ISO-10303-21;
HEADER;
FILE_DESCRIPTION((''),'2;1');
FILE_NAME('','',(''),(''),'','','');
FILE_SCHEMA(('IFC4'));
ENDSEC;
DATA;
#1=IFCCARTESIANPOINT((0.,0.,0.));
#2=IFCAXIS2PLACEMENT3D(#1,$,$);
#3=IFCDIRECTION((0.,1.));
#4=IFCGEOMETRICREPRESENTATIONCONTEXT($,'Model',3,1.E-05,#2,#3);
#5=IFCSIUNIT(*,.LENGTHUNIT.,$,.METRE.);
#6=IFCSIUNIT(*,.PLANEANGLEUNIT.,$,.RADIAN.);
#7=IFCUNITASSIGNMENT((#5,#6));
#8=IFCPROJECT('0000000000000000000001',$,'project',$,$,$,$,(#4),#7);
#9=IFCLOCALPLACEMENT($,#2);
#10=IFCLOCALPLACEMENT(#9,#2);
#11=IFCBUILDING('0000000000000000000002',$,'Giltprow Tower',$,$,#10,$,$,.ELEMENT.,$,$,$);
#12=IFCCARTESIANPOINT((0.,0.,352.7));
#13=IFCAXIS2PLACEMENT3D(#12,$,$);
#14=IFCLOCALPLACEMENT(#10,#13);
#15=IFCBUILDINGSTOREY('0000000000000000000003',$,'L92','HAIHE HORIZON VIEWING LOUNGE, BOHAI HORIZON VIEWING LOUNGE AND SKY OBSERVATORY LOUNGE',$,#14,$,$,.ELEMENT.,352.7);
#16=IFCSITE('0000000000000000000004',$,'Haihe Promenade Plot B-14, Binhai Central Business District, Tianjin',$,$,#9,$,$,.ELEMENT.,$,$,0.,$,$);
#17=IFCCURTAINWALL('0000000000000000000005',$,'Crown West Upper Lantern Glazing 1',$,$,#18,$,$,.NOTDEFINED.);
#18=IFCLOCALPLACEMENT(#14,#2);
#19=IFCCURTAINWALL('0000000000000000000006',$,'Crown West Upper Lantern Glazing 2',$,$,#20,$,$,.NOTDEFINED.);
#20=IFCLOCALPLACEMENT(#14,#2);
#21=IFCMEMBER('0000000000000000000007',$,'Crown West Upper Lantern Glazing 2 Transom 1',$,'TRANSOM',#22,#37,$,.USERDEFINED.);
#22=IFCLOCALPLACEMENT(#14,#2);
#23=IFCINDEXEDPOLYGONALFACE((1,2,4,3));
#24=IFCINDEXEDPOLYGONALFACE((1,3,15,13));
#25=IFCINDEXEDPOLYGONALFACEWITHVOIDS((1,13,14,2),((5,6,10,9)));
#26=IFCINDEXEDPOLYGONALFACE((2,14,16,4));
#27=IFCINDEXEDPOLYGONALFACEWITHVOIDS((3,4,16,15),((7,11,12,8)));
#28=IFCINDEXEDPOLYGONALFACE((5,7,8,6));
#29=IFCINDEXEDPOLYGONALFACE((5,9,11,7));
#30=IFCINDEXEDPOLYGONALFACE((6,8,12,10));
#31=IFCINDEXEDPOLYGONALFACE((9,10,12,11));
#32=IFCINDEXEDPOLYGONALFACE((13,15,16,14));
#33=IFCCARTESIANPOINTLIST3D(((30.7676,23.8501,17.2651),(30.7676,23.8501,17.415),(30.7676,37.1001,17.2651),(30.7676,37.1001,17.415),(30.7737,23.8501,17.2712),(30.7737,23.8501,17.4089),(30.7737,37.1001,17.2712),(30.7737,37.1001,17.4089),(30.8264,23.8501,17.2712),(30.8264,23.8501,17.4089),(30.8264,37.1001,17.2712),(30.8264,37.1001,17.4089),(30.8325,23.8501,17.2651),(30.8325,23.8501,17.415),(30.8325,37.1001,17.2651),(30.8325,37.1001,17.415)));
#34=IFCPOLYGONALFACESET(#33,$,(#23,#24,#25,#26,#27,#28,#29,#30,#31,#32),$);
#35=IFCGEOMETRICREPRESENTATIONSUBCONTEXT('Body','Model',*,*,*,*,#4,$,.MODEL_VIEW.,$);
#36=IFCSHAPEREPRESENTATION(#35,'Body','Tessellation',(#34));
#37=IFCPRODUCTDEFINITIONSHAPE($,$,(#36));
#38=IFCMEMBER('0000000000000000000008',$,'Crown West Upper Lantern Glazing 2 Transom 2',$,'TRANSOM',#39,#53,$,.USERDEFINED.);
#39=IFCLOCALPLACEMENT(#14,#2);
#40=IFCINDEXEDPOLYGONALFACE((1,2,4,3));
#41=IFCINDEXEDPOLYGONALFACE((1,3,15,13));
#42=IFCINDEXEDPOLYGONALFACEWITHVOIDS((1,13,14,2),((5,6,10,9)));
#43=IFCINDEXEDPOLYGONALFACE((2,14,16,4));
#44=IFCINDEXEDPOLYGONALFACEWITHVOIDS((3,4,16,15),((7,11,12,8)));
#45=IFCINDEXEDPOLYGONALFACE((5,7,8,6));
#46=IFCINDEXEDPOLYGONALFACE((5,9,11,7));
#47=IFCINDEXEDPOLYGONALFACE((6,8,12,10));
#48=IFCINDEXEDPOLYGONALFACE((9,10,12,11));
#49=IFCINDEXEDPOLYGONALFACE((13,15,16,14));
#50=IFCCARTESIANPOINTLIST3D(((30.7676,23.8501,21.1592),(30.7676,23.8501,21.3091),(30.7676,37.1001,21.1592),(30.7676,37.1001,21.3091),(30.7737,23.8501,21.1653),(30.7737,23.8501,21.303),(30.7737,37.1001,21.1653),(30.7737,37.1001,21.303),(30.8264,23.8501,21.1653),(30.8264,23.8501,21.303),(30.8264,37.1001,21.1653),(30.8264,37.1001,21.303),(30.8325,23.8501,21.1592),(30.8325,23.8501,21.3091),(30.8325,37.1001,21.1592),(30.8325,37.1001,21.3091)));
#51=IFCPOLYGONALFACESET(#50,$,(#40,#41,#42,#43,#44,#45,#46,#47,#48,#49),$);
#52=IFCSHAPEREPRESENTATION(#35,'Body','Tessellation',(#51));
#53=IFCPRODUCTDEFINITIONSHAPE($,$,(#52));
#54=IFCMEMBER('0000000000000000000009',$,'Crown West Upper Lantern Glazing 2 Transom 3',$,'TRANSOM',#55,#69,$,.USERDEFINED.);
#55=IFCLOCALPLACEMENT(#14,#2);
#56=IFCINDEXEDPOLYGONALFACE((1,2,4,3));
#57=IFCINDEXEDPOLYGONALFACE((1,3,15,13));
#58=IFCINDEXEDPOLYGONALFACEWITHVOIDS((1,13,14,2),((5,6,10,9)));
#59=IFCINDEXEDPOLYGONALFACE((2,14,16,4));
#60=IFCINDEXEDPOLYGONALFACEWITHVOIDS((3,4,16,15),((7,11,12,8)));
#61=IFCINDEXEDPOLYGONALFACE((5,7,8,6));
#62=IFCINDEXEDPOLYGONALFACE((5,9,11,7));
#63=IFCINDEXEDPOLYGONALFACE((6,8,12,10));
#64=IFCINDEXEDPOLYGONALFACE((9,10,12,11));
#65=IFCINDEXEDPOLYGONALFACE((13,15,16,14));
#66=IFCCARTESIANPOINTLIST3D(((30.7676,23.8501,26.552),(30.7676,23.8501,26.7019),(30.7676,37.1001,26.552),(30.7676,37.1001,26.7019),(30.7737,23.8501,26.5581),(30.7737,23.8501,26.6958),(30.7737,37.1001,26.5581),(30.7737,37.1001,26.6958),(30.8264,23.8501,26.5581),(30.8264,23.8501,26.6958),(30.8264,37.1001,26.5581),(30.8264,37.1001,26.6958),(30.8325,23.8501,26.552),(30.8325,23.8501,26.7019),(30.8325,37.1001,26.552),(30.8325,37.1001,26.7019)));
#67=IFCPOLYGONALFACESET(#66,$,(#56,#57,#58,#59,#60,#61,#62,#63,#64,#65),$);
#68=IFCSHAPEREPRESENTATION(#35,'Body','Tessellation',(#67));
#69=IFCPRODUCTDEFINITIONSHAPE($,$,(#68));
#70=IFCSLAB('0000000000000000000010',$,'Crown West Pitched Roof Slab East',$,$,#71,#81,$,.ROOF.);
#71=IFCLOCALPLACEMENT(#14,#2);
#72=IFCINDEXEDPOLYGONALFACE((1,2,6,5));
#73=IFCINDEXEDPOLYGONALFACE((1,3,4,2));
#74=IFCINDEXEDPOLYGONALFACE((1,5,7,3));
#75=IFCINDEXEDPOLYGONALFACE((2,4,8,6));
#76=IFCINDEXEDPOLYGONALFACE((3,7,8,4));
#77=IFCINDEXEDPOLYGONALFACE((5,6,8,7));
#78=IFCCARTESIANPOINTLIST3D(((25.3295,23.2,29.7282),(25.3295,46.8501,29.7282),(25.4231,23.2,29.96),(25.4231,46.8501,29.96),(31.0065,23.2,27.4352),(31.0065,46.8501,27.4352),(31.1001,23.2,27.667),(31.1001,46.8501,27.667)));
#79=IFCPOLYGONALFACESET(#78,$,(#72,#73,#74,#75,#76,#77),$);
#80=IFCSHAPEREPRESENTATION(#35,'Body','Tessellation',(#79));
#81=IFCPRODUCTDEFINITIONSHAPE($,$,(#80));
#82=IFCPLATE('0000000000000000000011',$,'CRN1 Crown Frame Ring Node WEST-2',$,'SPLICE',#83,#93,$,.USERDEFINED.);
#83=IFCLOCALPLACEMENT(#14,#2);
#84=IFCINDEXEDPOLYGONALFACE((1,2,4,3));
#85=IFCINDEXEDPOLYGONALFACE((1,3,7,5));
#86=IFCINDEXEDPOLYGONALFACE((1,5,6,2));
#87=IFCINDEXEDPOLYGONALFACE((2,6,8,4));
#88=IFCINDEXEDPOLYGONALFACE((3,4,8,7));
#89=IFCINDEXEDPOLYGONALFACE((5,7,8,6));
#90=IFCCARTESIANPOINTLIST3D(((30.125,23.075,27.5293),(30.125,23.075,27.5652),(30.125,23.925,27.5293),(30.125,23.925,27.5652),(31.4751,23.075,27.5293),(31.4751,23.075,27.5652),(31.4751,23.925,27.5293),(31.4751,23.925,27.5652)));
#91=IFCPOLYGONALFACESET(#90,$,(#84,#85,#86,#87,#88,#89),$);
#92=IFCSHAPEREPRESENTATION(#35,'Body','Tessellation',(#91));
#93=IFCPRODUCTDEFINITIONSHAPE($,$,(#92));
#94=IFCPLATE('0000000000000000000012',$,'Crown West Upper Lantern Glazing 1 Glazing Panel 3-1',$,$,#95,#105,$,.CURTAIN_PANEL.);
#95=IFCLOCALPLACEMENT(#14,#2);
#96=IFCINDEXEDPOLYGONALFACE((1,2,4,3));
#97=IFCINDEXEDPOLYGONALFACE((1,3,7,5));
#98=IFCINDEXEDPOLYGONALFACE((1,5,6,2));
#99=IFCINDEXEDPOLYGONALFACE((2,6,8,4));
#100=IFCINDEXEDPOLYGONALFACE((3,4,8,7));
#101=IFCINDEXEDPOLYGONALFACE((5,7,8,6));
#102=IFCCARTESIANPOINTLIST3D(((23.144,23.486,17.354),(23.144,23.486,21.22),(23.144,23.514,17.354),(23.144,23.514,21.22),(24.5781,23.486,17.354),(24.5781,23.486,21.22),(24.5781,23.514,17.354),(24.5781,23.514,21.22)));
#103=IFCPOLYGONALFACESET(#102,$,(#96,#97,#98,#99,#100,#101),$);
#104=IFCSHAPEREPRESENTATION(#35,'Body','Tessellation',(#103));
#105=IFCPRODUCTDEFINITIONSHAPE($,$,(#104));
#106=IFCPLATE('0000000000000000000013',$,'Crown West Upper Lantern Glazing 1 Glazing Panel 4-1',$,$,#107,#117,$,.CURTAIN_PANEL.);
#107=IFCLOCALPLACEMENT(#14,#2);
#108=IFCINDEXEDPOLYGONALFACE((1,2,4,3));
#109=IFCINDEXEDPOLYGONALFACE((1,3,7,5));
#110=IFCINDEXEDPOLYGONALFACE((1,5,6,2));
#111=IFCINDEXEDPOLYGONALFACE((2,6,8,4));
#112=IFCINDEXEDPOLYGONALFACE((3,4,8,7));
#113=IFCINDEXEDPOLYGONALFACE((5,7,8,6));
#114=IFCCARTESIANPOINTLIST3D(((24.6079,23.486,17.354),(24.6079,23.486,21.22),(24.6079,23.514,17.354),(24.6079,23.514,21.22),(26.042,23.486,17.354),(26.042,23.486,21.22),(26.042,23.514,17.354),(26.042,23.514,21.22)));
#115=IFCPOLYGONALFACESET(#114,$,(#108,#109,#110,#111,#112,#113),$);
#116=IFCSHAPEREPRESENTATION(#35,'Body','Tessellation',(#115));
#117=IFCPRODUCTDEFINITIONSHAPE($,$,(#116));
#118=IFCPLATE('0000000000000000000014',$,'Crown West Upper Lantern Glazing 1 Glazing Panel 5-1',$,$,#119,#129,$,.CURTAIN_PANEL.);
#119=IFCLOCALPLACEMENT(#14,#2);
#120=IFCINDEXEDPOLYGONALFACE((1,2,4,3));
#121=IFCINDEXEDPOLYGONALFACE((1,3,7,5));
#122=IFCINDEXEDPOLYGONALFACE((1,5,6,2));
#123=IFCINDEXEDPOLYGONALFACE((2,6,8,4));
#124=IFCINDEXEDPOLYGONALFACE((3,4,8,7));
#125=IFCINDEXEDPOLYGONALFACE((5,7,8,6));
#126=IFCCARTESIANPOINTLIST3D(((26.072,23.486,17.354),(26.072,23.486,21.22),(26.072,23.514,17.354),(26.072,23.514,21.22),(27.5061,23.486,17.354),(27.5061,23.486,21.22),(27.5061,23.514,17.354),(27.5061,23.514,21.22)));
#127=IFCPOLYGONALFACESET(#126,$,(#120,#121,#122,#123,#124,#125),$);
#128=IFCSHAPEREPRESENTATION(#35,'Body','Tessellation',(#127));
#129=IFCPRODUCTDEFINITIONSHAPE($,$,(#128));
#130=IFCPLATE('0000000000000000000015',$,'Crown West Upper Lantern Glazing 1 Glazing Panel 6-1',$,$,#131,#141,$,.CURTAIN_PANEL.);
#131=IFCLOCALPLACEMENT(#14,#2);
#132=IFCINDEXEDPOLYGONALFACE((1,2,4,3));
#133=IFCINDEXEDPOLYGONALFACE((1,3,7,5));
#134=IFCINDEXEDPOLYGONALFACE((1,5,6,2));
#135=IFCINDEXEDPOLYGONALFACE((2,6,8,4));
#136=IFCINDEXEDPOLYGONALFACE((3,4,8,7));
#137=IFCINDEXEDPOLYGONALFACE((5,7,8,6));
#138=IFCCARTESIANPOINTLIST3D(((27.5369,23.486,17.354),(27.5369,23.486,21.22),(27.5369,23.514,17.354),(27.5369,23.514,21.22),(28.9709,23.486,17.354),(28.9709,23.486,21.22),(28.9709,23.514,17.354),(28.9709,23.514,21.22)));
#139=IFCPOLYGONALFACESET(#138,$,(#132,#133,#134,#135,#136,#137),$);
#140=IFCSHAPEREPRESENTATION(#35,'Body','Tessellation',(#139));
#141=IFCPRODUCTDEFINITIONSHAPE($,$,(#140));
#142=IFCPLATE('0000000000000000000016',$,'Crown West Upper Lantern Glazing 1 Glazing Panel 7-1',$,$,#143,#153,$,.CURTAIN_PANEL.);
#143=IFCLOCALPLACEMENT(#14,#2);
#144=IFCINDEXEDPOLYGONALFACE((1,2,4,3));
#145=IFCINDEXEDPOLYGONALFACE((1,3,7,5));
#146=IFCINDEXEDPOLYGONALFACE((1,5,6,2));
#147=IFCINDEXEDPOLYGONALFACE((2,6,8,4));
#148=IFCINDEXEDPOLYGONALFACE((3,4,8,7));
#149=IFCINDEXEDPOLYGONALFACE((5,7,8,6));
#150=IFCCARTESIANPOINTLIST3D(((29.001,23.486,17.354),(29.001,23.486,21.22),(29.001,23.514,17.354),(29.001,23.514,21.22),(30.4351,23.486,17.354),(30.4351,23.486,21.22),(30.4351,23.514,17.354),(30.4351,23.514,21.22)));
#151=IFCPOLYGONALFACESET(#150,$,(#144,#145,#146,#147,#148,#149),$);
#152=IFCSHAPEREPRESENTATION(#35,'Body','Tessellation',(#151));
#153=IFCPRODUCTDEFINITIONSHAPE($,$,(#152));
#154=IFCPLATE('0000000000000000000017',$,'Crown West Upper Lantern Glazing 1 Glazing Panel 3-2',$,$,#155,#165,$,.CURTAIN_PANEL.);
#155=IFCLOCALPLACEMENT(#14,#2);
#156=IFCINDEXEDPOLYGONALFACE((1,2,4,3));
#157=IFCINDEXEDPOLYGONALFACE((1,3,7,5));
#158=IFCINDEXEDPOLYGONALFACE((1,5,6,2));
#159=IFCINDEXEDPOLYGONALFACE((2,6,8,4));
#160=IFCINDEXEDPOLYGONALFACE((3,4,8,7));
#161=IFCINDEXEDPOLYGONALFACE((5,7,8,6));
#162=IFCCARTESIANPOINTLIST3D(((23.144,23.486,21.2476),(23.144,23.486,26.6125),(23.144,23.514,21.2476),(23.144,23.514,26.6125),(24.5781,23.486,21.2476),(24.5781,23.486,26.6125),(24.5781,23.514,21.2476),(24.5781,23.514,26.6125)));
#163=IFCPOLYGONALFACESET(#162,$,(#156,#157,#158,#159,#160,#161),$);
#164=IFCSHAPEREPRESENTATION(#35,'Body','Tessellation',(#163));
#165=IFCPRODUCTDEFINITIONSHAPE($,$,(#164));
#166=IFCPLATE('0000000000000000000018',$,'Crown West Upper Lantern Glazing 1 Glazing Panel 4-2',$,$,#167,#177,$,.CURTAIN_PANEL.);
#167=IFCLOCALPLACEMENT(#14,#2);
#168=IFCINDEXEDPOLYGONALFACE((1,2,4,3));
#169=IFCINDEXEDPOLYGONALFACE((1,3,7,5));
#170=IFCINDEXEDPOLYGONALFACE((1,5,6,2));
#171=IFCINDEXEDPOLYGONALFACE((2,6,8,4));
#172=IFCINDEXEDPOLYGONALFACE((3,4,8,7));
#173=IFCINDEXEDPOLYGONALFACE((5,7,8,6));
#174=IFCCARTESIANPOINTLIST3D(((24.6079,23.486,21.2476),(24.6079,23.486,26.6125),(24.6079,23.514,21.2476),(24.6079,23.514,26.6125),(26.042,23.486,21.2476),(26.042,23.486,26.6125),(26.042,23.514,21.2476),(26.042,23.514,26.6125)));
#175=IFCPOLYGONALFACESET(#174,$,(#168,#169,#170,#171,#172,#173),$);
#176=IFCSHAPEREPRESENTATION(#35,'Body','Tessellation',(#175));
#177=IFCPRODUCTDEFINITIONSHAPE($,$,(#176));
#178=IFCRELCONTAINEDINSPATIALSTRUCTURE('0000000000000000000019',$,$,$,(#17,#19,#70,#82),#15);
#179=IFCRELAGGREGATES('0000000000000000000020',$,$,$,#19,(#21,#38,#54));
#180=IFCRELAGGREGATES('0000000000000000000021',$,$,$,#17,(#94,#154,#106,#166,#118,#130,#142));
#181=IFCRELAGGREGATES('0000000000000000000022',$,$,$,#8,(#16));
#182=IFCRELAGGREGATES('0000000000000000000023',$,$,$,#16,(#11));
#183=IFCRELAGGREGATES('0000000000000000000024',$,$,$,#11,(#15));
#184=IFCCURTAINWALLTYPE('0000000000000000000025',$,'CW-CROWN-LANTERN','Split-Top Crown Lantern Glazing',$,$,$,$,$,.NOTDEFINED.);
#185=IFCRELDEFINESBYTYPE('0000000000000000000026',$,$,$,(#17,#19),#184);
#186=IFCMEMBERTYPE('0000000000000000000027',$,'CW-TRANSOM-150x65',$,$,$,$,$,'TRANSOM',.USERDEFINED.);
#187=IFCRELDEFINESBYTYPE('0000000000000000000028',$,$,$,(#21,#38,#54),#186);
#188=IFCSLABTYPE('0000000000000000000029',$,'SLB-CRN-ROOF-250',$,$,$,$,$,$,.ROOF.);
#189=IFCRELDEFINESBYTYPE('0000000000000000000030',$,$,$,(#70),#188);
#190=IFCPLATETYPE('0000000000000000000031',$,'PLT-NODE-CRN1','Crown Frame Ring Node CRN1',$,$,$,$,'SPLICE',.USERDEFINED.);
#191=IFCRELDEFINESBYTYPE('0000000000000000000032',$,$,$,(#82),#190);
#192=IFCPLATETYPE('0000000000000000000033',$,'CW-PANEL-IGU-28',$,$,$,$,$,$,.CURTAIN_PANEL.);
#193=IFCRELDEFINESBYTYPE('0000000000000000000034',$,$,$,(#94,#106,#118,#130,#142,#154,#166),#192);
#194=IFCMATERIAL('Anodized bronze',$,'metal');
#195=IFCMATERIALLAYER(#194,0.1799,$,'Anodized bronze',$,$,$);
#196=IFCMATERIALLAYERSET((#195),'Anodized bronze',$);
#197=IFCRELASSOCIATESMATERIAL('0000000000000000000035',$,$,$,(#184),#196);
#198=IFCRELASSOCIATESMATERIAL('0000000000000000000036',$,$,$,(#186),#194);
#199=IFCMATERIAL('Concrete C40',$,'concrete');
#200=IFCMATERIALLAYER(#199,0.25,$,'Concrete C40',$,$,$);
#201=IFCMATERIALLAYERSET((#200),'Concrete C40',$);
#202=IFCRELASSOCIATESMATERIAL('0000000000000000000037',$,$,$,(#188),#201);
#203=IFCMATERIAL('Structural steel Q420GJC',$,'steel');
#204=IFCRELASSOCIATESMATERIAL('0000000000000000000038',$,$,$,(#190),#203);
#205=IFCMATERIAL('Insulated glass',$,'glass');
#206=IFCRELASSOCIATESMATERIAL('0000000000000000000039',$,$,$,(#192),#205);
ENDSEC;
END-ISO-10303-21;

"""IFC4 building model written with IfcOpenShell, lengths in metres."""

from ifc_helpers import new_model, si_unit, direction, frame, origin, origin_2d, place, context, subcontext, project, spatial, polyline, rectangle, hollow_rectangle, outline, extrude, source, transform, mapped, material, layer, layer_set, material_profile, profile_set, type_object, element, aggregate, save


model = new_model("IFC4")

# Units and contexts
model_context = context("Model", 3, precision=1e-05, world=origin(), true_north=direction((0.0, 1.0)))
body_context = subcontext(model_context, "Body", "Model", "MODEL_VIEW")
ifc_project = project(units=[si_unit("LENGTHUNIT", "METRE"), si_unit("PLANEANGLEUNIT", "RADIAN")], contexts=[model_context])

# Site, building, storey
site_placement = place(None, origin())
site = spatial("IfcSite", under=ifc_project, at=site_placement, Name="Haihe Promenade Plot B-14, Binhai Central Business District, Tianjin", CompositionType="ELEMENT", RefElevation=0.0)
building_placement = place(site_placement, origin())
building = spatial("IfcBuilding", under=site, at=building_placement, Name="Giltprow Tower", CompositionType="ELEMENT")
storey_placement = place(building_placement, frame((0.0, 0.0, 352.7)))
storey = spatial("IfcBuildingStorey", under=building, at=storey_placement, Name="L92", Description="HAIHE HORIZON VIEWING LOUNGE, BOHAI HORIZON VIEWING LOUNGE AND SKY OBSERVATORY LOUNGE", CompositionType="ELEMENT", Elevation=352.7)

# Curtain wall
ifc_material_1 = material(Name="Anodized bronze", Category="metal")
ifc_layer_1 = layer(ifc_material_1, 0.1799, Name="Anodized bronze")
ifc_layer_set_1 = layer_set([ifc_layer_1], Name="Anodized bronze")
curtain_wall_type = type_object("IfcCurtainWallType", Name="CW-CROWN-LANTERN", Description="Split-Top Crown Lantern Glazing", PredefinedType="NOTDEFINED", material=ifc_layer_set_1)
curtain_wall_1_placement = place(storey_placement, origin())
curtain_wall_1 = element("IfcCurtainWall", 1, at=curtain_wall_1_placement, inside=storey, type_object=curtain_wall_type, Name="Crown West Upper Lantern Glazing 1", PredefinedType="NOTDEFINED")

# Curtain wall
curtain_wall_2_placement = place(storey_placement, origin())
curtain_wall_2 = element("IfcCurtainWall", 2, at=curtain_wall_2_placement, inside=storey, type_object=curtain_wall_type, Name="Crown West Upper Lantern Glazing 2", PredefinedType="NOTDEFINED")
ifc_material_profile_1 = material_profile(ifc_material_1, hollow_rectangle(XDim=0.0649, YDim=0.1499, WallThickness=0.0061, at=origin_2d()), Name="RHS 150x65x6")
ifc_profile_set_1 = profile_set([ifc_material_profile_1], Name="Anodized bronze")
member_type_1 = type_object("IfcMemberType", Name="CW-TRANSOM-150x65", ElementType="TRANSOM", PredefinedType="USERDEFINED", material=ifc_profile_set_1)
shared_shape_1 = source(origin(), body_context, "Body", "SweptSolid", [
    extrude(hollow_rectangle(XDim=0.0649, YDim=0.1499, WallThickness=0.0061, at=origin_2d()), origin(), (0.0, 0.0, 1.0), 13.25),
])

# Members
member_1_placement = place(storey_placement, frame((30.8, 23.8501, 17.3401), z_axis=(0.0, 1.0, 0.0), x_axis=(-1.0, 0.0, 0.0)))
member_1 = element("IfcMember", 3, at=member_1_placement, type_object=member_type_1, Name="Crown West Upper Lantern Glazing 2 Transom 1", ObjectType="TRANSOM", PredefinedType="USERDEFINED", context=body_context, shape_type="MappedRepresentation", body=[
    mapped(shared_shape_1, transform((0.0, 0.0, 0.0), x_axis=(1.0, 0.0, 0.0), y_axis=(0.0, 1.0, 0.0), z_axis=(0.0, 0.0, 1.0), scale=1.0)),
])
member_2_placement = place(storey_placement, frame((30.8, 23.8501, 21.2341), z_axis=(0.0, 1.0, 0.0), x_axis=(-1.0, 0.0, 0.0)))
member_2 = element("IfcMember", 4, at=member_2_placement, type_object=member_type_1, Name="Crown West Upper Lantern Glazing 2 Transom 2", ObjectType="TRANSOM", PredefinedType="USERDEFINED", context=body_context, shape_type="MappedRepresentation", body=[
    mapped(shared_shape_1, transform((0.0, 0.0, 0.0), x_axis=(1.0, 0.0, 0.0), y_axis=(0.0, 1.0, 0.0), z_axis=(0.0, 0.0, 1.0), scale=1.0)),
])
member_3_placement = place(storey_placement, frame((30.8, 23.8501, 26.627), z_axis=(0.0, 1.0, 0.0), x_axis=(-1.0, 0.0, 0.0)))
member_3 = element("IfcMember", 5, at=member_3_placement, type_object=member_type_1, Name="Crown West Upper Lantern Glazing 2 Transom 3", ObjectType="TRANSOM", PredefinedType="USERDEFINED", context=body_context, shape_type="MappedRepresentation", body=[
    mapped(shared_shape_1, transform((0.0, 0.0, 0.0), x_axis=(1.0, 0.0, 0.0), y_axis=(0.0, 1.0, 0.0), z_axis=(0.0, 0.0, 1.0), scale=1.0)),
])
aggregate(curtain_wall_2, [member_1, member_2, member_3])

# Slab
ifc_material_2 = material(Name="Concrete C40", Category="concrete")
ifc_layer_2 = layer(ifc_material_2, 0.25, Name="Concrete C40")
ifc_layer_set_2 = layer_set([ifc_layer_2], Name="Concrete C40")
slab_type = type_object("IfcSlabType", Name="SLB-CRN-ROOF-250", PredefinedType="ROOF", material=ifc_layer_set_2)
slab_placement = place(storey_placement, frame((25.4231, 23.2, 29.96), z_axis=(0.37451, 0.0, 0.927223), x_axis=(0.927223, 0.0, -0.37451)))
element("IfcSlab", 6, at=slab_placement, inside=storey, type_object=slab_type, Name="Crown West Pitched Roof Slab East", PredefinedType="ROOF", context=body_context, shape_type="SweptSolid", body=[
    extrude(outline(polyline([(0.0, 0.0), (6.1226, 0.0), (6.1226, 23.6501), (0.0, 23.6501), (0.0, 0.0)])), origin(), (0.0, 0.0, -1.0), 0.25),
])

# Plates
ifc_material_3 = material(Name="Structural steel Q420GJC", Category="steel")
plate_type_1 = type_object("IfcPlateType", Name="PLT-NODE-CRN1", Description="Crown Frame Ring Node CRN1", ElementType="SPLICE", PredefinedType="USERDEFINED", material=ifc_material_3)
shared_shape_2 = source(origin(), body_context, "Body", "SweptSolid", [
    extrude(rectangle(XDim=1.3501, YDim=0.8501, at=origin_2d()), origin(), (0.0, 0.0, 1.0), 0.0359),
])
plate_1_placement = place(storey_placement, frame((30.8, 23.5, 27.5293), z_axis=(0.0, 0.0, 1.0), x_axis=(1.0, 0.0, 0.0)))
element("IfcPlate", 7, at=plate_1_placement, inside=storey, type_object=plate_type_1, Name="CRN1 Crown Frame Ring Node WEST-2", ObjectType="SPLICE", PredefinedType="USERDEFINED", context=body_context, shape_type="MappedRepresentation", body=[
    mapped(shared_shape_2, transform((0.0, 0.0, 0.0), x_axis=(1.0, 0.0, 0.0), y_axis=(0.0, 1.0, 0.0), z_axis=(0.0, 0.0, 1.0), scale=1.0)),
])
ifc_material_4 = material(Name="Insulated glass", Category="glass")
plate_type_2 = type_object("IfcPlateType", Name="CW-PANEL-IGU-28", PredefinedType="CURTAIN_PANEL", material=ifc_material_4)
shared_shape_3 = source(origin(), body_context, "Body", "SweptSolid", [
    extrude(rectangle(XDim=1.4341, YDim=0.0281, at=origin_2d()), origin(), (0.0, 0.0, 1.0), 3.866),
])
plate_2_placement = place(storey_placement, frame((23.8611, 23.5, 17.354), z_axis=(0.0, 0.0, 1.0), x_axis=(1.0, 0.0, 0.0)))
plate_2 = element("IfcPlate", 8, at=plate_2_placement, type_object=plate_type_2, Name="Crown West Upper Lantern Glazing 1 Glazing Panel 3-1", PredefinedType="CURTAIN_PANEL", context=body_context, shape_type="MappedRepresentation", body=[
    mapped(shared_shape_3, transform((0.0, 0.0, 0.0), x_axis=(1.0, 0.0, 0.0), y_axis=(0.0, 1.0, 0.0), z_axis=(0.0, 0.0, 1.0), scale=1.0)),
])
plate_3_placement = place(storey_placement, frame((25.325, 23.5, 17.354), z_axis=(0.0, 0.0, 1.0), x_axis=(1.0, 0.0, 0.0)))
plate_3 = element("IfcPlate", 9, at=plate_3_placement, type_object=plate_type_2, Name="Crown West Upper Lantern Glazing 1 Glazing Panel 4-1", PredefinedType="CURTAIN_PANEL", context=body_context, shape_type="MappedRepresentation", body=[
    mapped(shared_shape_3, transform((0.0, 0.0, 0.0), x_axis=(1.0, 0.0, 0.0), y_axis=(0.0, 1.0, 0.0), z_axis=(0.0, 0.0, 1.0), scale=1.0)),
])
plate_4_placement = place(storey_placement, frame((26.7891, 23.5, 17.354), z_axis=(0.0, 0.0, 1.0), x_axis=(1.0, 0.0, 0.0)))
plate_4 = element("IfcPlate", 10, at=plate_4_placement, type_object=plate_type_2, Name="Crown West Upper Lantern Glazing 1 Glazing Panel 5-1", PredefinedType="CURTAIN_PANEL", context=body_context, shape_type="MappedRepresentation", body=[
    mapped(shared_shape_3, transform((0.0, 0.0, 0.0), x_axis=(1.0, 0.0, 0.0), y_axis=(0.0, 1.0, 0.0), z_axis=(0.0, 0.0, 1.0), scale=1.0)),
])
plate_5_placement = place(storey_placement, frame((28.2539, 23.5, 17.354), z_axis=(0.0, 0.0, 1.0), x_axis=(1.0, 0.0, 0.0)))
plate_5 = element("IfcPlate", 11, at=plate_5_placement, type_object=plate_type_2, Name="Crown West Upper Lantern Glazing 1 Glazing Panel 6-1", PredefinedType="CURTAIN_PANEL", context=body_context, shape_type="MappedRepresentation", body=[
    mapped(shared_shape_3, transform((0.0, 0.0, 0.0), x_axis=(1.0, 0.0, 0.0), y_axis=(0.0, 1.0, 0.0), z_axis=(0.0, 0.0, 1.0), scale=1.0)),
])
plate_6_placement = place(storey_placement, frame((29.718, 23.5, 17.354), z_axis=(0.0, 0.0, 1.0), x_axis=(1.0, 0.0, 0.0)))
plate_6 = element("IfcPlate", 12, at=plate_6_placement, type_object=plate_type_2, Name="Crown West Upper Lantern Glazing 1 Glazing Panel 7-1", PredefinedType="CURTAIN_PANEL", context=body_context, shape_type="MappedRepresentation", body=[
    mapped(shared_shape_3, transform((0.0, 0.0, 0.0), x_axis=(1.0, 0.0, 0.0), y_axis=(0.0, 1.0, 0.0), z_axis=(0.0, 0.0, 1.0), scale=1.0)),
])
shared_shape_4 = source(origin(), body_context, "Body", "SweptSolid", [
    extrude(rectangle(XDim=1.4341, YDim=0.0281, at=origin_2d()), origin(), (0.0, 0.0, 1.0), 5.365),
])
plate_7_placement = place(storey_placement, frame((23.8611, 23.5, 21.2476), z_axis=(0.0, 0.0, 1.0), x_axis=(1.0, 0.0, 0.0)))
plate_7 = element("IfcPlate", 13, at=plate_7_placement, type_object=plate_type_2, Name="Crown West Upper Lantern Glazing 1 Glazing Panel 3-2", PredefinedType="CURTAIN_PANEL", context=body_context, shape_type="MappedRepresentation", body=[
    mapped(shared_shape_4, transform((0.0, 0.0, 0.0), x_axis=(1.0, 0.0, 0.0), y_axis=(0.0, 1.0, 0.0), z_axis=(0.0, 0.0, 1.0), scale=1.0)),
])
plate_8_placement = place(storey_placement, frame((25.325, 23.5, 21.2476), z_axis=(0.0, 0.0, 1.0), x_axis=(1.0, 0.0, 0.0)))
plate_8 = element("IfcPlate", 14, at=plate_8_placement, type_object=plate_type_2, Name="Crown West Upper Lantern Glazing 1 Glazing Panel 4-2", PredefinedType="CURTAIN_PANEL", context=body_context, shape_type="MappedRepresentation", body=[
    mapped(shared_shape_4, transform((0.0, 0.0, 0.0), x_axis=(1.0, 0.0, 0.0), y_axis=(0.0, 1.0, 0.0), z_axis=(0.0, 0.0, 1.0), scale=1.0)),
])
aggregate(curtain_wall_1, [plate_2, plate_7, plate_3, plate_8, plate_4, plate_5, plate_6])

save(model, "model.ifc")
